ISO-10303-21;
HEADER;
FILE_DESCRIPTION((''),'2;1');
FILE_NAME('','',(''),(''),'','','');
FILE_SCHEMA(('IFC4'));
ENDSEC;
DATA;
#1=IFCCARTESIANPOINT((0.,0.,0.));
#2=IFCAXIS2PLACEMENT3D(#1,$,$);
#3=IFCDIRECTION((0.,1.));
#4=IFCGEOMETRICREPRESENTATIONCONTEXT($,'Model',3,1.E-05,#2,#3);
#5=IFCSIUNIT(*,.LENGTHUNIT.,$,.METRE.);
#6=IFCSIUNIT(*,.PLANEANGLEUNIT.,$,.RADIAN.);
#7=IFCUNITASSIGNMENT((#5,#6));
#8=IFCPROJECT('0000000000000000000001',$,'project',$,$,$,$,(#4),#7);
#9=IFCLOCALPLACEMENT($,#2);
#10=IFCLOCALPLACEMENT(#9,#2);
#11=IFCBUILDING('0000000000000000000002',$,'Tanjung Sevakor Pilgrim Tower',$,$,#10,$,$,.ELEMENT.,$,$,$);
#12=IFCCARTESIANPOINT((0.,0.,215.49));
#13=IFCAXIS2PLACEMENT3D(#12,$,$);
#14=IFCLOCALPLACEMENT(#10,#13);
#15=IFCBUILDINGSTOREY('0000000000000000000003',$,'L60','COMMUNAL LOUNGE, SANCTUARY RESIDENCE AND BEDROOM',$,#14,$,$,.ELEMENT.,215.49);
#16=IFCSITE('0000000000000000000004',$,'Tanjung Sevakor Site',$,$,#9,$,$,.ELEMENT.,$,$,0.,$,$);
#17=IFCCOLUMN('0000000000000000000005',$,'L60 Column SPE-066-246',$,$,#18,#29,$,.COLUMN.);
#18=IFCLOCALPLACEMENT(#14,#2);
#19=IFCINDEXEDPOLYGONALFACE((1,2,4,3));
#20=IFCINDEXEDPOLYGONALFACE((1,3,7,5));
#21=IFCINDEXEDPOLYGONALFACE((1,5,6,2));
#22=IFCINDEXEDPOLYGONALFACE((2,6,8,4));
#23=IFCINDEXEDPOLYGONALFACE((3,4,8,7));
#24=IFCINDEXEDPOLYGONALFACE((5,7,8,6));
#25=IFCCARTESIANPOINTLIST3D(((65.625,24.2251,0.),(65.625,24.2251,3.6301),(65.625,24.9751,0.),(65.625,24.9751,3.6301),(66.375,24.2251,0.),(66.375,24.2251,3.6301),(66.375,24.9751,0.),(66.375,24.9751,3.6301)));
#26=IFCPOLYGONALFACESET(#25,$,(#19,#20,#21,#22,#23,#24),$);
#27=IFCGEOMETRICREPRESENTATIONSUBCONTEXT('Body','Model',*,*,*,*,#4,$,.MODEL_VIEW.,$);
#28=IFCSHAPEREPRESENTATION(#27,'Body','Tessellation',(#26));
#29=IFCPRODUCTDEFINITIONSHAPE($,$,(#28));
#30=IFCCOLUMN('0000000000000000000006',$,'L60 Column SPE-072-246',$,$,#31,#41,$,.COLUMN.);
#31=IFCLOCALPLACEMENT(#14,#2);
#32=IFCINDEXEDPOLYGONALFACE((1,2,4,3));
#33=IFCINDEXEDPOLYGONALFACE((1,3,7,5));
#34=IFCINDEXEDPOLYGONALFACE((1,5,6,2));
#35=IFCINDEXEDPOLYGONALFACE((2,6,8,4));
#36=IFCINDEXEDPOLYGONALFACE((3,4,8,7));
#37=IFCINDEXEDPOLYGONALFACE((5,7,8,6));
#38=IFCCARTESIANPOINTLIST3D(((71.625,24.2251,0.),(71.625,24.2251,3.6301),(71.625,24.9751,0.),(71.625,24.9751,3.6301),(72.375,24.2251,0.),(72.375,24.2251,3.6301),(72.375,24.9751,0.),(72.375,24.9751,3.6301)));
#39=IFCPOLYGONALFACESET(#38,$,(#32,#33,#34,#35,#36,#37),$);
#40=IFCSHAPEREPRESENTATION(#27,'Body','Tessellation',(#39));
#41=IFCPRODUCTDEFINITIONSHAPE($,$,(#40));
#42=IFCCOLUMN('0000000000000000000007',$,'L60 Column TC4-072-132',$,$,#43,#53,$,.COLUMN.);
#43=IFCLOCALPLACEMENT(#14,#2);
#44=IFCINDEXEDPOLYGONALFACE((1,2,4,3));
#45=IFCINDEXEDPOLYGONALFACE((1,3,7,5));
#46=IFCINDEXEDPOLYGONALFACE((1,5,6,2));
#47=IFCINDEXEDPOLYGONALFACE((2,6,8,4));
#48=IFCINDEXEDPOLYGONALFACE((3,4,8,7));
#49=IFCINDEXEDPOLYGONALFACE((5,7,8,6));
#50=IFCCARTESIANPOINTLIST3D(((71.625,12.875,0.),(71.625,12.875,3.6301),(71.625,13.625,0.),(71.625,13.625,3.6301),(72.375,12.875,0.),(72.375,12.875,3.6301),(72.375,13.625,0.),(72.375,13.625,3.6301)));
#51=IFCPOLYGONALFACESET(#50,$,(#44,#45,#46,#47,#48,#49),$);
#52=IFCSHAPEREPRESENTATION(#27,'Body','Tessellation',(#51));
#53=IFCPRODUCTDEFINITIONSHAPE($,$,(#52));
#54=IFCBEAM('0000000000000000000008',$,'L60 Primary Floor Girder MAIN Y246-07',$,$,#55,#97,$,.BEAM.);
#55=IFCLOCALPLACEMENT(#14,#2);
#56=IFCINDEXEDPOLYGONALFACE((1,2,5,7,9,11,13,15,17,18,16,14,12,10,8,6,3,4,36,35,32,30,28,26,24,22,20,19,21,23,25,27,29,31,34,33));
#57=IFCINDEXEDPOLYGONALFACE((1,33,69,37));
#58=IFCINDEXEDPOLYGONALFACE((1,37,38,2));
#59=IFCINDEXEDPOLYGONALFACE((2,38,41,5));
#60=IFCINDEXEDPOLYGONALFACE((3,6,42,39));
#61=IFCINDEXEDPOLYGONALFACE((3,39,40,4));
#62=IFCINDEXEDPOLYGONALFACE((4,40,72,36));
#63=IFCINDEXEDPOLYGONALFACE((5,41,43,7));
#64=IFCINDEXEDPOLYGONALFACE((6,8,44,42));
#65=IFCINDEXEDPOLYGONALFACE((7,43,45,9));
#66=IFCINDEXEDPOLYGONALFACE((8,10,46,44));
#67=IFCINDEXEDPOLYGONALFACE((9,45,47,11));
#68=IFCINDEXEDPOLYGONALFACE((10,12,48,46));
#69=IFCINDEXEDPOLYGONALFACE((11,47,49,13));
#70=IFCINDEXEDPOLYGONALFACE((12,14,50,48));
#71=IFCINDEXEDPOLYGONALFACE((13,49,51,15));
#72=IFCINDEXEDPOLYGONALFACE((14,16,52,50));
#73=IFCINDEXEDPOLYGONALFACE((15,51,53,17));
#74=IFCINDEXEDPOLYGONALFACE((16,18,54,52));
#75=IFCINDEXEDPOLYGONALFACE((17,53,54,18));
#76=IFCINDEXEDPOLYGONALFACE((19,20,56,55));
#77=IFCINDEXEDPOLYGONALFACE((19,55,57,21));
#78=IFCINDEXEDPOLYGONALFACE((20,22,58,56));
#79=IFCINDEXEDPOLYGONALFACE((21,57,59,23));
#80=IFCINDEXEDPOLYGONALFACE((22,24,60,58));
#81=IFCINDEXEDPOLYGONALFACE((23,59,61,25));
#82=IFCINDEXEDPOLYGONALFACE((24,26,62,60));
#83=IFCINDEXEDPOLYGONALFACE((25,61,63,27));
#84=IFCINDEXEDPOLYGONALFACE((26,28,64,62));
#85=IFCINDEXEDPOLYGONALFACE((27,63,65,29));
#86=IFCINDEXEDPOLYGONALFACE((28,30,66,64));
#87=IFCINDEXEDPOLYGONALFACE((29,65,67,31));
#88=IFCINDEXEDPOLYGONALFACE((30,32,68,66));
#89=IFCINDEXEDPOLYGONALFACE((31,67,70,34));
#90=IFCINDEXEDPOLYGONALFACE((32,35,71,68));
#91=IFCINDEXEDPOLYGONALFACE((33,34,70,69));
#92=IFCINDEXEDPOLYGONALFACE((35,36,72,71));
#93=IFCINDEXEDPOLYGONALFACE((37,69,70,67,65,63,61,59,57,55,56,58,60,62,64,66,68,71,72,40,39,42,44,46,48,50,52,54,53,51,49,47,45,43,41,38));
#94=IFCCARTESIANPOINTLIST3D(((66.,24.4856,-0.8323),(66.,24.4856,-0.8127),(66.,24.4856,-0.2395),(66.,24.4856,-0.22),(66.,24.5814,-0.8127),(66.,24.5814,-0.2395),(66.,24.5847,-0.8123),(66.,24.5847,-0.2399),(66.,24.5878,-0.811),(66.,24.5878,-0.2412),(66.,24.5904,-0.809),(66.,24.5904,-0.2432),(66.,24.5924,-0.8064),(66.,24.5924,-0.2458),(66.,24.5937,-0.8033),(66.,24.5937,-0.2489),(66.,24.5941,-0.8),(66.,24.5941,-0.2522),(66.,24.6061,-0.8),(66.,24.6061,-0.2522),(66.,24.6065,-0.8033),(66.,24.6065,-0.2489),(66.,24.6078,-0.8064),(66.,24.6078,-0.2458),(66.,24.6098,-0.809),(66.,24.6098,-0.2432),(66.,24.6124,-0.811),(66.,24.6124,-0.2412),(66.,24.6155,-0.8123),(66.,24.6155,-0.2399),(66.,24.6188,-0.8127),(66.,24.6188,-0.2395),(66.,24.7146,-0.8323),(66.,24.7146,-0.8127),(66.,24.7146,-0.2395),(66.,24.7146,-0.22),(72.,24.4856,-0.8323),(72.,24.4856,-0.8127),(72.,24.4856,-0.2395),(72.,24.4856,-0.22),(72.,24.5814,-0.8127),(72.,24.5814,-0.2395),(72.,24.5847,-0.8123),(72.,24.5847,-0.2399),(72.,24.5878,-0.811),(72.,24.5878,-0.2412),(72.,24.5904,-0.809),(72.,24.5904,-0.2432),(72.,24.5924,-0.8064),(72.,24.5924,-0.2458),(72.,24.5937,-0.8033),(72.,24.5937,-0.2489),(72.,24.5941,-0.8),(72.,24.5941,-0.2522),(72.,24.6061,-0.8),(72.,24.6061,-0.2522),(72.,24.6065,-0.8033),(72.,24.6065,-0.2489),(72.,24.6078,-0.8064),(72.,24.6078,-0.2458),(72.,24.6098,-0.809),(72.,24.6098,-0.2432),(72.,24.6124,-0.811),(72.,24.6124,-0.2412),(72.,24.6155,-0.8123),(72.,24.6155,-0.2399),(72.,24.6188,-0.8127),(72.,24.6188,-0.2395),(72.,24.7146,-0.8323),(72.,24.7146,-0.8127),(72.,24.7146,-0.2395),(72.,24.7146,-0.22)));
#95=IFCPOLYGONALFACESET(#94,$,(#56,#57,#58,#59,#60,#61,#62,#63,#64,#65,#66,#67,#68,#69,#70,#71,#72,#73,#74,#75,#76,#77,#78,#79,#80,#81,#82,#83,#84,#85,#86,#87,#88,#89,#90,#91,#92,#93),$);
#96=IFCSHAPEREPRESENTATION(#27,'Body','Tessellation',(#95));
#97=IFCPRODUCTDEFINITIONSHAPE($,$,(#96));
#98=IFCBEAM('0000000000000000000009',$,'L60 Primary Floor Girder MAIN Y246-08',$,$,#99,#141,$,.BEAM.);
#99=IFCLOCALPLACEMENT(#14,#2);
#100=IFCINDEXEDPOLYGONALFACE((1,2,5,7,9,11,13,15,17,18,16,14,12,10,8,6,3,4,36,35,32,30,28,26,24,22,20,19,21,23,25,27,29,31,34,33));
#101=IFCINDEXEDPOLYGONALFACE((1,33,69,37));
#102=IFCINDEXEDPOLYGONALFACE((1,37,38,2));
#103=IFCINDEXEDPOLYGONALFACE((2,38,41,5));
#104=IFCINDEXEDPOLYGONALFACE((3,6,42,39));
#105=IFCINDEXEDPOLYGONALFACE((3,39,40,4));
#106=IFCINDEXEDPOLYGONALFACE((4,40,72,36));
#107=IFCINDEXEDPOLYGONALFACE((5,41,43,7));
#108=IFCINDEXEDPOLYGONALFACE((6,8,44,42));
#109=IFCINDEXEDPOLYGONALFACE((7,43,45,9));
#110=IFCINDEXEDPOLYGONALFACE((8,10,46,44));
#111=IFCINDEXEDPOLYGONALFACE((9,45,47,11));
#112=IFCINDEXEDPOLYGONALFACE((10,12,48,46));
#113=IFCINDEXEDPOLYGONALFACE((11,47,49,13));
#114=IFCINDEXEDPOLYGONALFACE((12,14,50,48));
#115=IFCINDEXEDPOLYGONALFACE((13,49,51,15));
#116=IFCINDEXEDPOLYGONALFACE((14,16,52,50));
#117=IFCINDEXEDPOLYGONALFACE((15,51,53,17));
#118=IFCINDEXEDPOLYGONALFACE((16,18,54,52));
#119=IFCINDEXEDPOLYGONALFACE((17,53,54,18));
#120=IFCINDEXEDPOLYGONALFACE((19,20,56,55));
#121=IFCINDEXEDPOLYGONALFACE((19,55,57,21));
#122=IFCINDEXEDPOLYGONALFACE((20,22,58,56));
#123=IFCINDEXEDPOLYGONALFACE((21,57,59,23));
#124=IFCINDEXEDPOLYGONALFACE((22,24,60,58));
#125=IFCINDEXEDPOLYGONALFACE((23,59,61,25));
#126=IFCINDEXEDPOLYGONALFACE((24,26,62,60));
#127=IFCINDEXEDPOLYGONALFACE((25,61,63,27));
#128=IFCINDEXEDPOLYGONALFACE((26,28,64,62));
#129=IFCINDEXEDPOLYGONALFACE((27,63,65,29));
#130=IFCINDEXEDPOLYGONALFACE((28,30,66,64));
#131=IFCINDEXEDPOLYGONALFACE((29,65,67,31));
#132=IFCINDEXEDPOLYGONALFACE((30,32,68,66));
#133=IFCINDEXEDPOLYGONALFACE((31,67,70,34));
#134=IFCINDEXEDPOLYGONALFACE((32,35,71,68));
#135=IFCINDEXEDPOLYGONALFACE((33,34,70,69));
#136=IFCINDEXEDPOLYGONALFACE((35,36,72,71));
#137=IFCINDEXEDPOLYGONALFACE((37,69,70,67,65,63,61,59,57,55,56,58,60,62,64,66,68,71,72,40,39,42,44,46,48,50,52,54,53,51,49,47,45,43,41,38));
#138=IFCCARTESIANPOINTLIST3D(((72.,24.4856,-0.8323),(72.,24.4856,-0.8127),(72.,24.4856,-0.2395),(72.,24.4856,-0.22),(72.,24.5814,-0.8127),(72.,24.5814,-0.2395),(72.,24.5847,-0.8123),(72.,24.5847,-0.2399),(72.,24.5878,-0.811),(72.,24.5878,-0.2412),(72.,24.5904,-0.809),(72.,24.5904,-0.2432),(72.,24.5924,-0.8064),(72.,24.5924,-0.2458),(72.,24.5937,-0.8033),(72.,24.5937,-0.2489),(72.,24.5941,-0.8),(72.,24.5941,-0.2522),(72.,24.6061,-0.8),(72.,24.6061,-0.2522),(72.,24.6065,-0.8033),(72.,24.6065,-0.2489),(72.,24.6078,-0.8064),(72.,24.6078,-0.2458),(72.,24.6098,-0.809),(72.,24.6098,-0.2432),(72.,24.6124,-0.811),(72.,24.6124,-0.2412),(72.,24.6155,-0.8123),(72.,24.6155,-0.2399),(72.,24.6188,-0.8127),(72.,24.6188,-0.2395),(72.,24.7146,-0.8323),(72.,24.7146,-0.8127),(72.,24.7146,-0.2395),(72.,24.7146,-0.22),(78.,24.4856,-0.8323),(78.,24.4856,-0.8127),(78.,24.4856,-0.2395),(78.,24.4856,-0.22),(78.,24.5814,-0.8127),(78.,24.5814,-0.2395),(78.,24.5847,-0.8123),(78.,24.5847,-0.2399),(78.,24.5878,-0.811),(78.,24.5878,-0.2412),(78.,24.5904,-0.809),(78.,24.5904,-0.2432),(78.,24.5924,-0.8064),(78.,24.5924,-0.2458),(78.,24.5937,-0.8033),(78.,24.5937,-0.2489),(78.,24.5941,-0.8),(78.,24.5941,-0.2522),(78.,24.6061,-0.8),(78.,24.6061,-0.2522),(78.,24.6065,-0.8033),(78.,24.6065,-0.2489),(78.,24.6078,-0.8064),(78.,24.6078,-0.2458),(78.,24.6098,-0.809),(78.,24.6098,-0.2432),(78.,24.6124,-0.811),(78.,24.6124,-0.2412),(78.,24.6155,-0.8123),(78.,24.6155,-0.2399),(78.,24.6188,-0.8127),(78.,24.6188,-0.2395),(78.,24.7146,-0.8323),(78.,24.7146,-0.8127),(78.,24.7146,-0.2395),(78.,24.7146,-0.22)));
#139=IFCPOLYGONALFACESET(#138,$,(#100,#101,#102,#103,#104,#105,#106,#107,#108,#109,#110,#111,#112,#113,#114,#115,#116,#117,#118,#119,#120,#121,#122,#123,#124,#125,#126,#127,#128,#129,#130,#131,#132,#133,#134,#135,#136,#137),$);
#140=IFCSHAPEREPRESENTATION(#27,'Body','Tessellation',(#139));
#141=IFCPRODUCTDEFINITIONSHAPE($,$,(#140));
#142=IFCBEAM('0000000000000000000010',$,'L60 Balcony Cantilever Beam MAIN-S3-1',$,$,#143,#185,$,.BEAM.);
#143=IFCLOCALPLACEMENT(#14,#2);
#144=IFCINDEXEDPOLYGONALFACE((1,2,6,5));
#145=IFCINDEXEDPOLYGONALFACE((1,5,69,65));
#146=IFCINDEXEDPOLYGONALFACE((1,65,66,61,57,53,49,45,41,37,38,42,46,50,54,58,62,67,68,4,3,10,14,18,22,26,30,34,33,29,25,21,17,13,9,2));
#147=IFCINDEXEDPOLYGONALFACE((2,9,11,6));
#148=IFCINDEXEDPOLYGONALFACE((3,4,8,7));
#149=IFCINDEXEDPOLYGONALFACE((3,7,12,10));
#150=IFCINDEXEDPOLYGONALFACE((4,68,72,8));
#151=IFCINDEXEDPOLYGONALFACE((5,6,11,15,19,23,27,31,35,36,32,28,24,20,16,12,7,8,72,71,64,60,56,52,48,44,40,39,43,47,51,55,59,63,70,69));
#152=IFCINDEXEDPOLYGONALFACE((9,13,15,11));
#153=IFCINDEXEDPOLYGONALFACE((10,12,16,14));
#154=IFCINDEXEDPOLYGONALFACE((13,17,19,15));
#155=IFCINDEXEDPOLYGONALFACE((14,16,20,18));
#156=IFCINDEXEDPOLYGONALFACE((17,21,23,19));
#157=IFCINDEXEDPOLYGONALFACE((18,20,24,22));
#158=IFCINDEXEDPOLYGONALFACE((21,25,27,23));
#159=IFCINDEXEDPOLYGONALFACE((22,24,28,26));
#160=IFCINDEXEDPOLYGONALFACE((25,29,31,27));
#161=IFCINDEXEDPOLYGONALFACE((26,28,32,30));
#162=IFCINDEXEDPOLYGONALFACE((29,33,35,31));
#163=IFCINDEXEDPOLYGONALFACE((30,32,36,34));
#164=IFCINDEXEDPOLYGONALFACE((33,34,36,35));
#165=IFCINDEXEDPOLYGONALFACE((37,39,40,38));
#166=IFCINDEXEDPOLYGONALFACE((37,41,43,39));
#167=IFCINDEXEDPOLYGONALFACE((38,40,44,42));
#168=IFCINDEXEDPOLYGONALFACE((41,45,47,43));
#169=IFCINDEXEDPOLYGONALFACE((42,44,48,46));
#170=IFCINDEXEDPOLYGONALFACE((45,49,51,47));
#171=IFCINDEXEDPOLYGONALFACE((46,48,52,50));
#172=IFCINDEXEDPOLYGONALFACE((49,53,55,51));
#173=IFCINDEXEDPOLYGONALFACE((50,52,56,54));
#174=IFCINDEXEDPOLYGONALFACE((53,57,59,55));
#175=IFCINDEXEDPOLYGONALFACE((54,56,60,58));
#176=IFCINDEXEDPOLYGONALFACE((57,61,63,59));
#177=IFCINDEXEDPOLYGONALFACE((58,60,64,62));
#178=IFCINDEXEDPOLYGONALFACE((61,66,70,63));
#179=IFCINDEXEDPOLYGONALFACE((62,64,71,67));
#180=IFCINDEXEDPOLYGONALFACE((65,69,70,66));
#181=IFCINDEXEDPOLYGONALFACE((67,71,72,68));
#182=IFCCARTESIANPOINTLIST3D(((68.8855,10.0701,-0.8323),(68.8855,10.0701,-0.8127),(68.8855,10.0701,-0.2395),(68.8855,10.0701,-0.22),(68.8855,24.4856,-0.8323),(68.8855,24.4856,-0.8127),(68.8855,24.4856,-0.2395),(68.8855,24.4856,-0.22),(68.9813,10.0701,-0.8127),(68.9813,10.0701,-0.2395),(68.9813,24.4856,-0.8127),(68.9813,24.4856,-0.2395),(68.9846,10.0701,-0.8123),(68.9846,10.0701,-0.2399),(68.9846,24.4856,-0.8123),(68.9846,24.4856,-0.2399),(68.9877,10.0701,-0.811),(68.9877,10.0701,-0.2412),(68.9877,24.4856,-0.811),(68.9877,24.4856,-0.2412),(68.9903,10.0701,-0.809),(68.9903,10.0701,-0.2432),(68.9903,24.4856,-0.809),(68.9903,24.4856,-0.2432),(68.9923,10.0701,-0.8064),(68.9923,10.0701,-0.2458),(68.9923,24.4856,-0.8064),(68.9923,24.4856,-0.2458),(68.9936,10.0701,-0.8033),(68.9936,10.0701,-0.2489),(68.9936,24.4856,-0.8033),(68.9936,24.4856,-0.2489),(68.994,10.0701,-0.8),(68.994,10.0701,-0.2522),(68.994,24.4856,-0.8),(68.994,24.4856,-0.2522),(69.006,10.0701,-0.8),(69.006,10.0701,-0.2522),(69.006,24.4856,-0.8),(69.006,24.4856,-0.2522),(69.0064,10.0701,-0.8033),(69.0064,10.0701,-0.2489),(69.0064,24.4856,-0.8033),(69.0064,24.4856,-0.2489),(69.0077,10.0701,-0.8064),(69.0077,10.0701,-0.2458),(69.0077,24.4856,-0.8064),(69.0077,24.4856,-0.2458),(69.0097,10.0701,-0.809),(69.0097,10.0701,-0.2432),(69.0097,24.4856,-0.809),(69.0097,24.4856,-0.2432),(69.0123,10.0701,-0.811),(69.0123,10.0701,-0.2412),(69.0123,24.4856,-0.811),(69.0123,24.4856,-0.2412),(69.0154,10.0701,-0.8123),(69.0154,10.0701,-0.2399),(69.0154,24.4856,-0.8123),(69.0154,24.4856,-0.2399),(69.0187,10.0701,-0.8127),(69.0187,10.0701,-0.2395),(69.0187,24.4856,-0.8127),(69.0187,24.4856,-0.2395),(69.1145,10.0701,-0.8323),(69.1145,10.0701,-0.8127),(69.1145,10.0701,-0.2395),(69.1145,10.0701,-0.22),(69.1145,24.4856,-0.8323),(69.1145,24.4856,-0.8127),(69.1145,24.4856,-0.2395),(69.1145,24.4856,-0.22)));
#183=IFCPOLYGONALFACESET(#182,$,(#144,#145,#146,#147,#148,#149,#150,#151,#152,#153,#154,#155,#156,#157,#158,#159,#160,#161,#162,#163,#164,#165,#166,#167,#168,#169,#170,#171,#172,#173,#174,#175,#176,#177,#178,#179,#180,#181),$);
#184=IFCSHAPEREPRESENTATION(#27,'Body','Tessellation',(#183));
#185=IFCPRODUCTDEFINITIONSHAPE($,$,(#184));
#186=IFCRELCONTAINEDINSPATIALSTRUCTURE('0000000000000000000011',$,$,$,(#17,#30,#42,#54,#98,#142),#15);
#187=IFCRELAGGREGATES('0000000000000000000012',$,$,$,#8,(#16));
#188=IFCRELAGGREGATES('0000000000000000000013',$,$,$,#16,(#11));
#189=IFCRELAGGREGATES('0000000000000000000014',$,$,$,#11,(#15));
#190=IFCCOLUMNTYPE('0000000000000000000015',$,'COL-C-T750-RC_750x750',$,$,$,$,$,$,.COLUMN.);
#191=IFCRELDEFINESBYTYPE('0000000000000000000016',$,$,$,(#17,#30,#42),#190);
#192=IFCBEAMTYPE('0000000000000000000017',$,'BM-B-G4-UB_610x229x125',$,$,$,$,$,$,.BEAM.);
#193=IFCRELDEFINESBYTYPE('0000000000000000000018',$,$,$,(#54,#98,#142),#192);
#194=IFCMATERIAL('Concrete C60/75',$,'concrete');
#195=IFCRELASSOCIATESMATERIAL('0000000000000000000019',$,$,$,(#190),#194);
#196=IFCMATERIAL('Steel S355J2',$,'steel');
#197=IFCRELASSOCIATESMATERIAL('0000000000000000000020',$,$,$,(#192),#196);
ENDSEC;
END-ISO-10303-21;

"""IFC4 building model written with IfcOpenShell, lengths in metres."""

from ifc_helpers import new_model, si_unit, direction, frame, origin, origin_2d, place, context, subcontext, project, spatial, rectangle, i_section, extrude, material, material_profile, profile_set, type_object, element, save


model = new_model("IFC4")

# Units and contexts
model_context = context("Model", 3, precision=1e-05, world=origin(), true_north=direction((0.0, 1.0)))
body_context = subcontext(model_context, "Body", "Model", "MODEL_VIEW")
ifc_project = project(units=[si_unit("LENGTHUNIT", "METRE"), si_unit("PLANEANGLEUNIT", "RADIAN")], contexts=[model_context])

# Site, building, storey
site_placement = place(None, origin())
site = spatial("IfcSite", under=ifc_project, at=site_placement, Name="Tanjung Sevakor Site", CompositionType="ELEMENT", RefElevation=0.0)
building_placement = place(site_placement, origin())
building = spatial("IfcBuilding", under=site, at=building_placement, Name="Tanjung Sevakor Pilgrim Tower", CompositionType="ELEMENT")
storey_placement = place(building_placement, frame((0.0, 0.0, 215.49)))
storey = spatial("IfcBuildingStorey", under=building, at=storey_placement, Name="L60", Description="COMMUNAL LOUNGE, SANCTUARY RESIDENCE AND BEDROOM", CompositionType="ELEMENT", Elevation=215.49)

# Columns
ifc_material_1 = material(Name="Concrete C60/75", Category="concrete")
ifc_material_profile_1 = material_profile(ifc_material_1, rectangle(XDim=0.75, YDim=0.75, at=origin_2d()))
ifc_profile_set_1 = profile_set([ifc_material_profile_1], Name="Concrete C60/75")
column_type = type_object("IfcColumnType", Name="COL-C-T750-RC_750x750", PredefinedType="COLUMN", material=ifc_profile_set_1)
for number, where, z_axis, x_axis, name in (
    (1, (66.0, 24.6001, 0.0), (0.0, 0.0, 1.0), (1.0, 0.0, 0.0), "L60 Column SPE-066-246"),
    (2, (72.0, 24.6001, 0.0), (0.0, 0.0, 1.0), (1.0, 0.0, 0.0), "L60 Column SPE-072-246"),
    (3, (72.0, 13.25, 0.0), (0.0, 0.0, 1.0), (1.0, 0.0, 0.0), "L60 Column TC4-072-132"),
):
    element("IfcColumn", number, at=place(storey_placement, frame(where, z_axis=z_axis, x_axis=x_axis)), inside=storey, type_object=column_type, Name=name, PredefinedType="COLUMN", context=body_context, shape_type="SweptSolid", body=[
        extrude(rectangle(XDim=0.75, YDim=0.75, at=origin_2d()), origin(), (0.0, 0.0, 1.0), 3.6301),
    ])

# Beams
ifc_material_2 = material(Name="Steel S355J2", Category="steel")
ifc_material_profile_2 = material_profile(ifc_material_2, i_section(OverallWidth=0.229, OverallDepth=0.6123, WebThickness=0.012, FlangeThickness=0.0195, FilletRadius=0.0127, at=origin_2d()))
ifc_profile_set_2 = profile_set([ifc_material_profile_2], Name="Steel S355J2")
beam_type_1 = type_object("IfcBeamType", Name="BM-B-G4-UB_610x229x125", PredefinedType="BEAM", material=ifc_profile_set_2)
for number, where, z_axis, x_axis, name in (
    (4, (66.0, 24.6001, -0.5261), (1.0, 0.0, 0.0), (0.0, 1.0, 0.0), "L60 Primary Floor Girder MAIN Y246-07"),
    (5, (72.0, 24.6001, -0.5261), (1.0, 0.0, 0.0), (0.0, 1.0, 0.0), "L60 Primary Floor Girder MAIN Y246-08"),
):
    element("IfcBeam", number, at=place(storey_placement, frame(where, z_axis=z_axis, x_axis=x_axis)), inside=storey, type_object=beam_type_1, Name=name, PredefinedType="BEAM", context=body_context, shape_type="SweptSolid", body=[
        extrude(i_section(OverallWidth=0.229, OverallDepth=0.6123, WebThickness=0.012, FlangeThickness=0.0195, FilletRadius=0.0127, at=origin_2d()), origin(), (0.0, 0.0, 1.0), 6.0),
    ])
beam_1_placement = place(storey_placement, frame((69.0, 24.4856, -0.5261), z_axis=(0.0, -1.0, 0.0), x_axis=(1.0, 0.0, 0.0)))
element("IfcBeam", 6, at=beam_1_placement, inside=storey, type_object=beam_type_1, Name="L60 Balcony Cantilever Beam MAIN-S3-1", PredefinedType="BEAM", context=body_context, shape_type="SweptSolid", body=[
    extrude(i_section(OverallWidth=0.229, OverallDepth=0.6123, WebThickness=0.012, FlangeThickness=0.0195, FilletRadius=0.0127, at=origin_2d()), origin(), (0.0, 0.0, 1.0), 14.4155),
])

save(model, "model.ifc")
